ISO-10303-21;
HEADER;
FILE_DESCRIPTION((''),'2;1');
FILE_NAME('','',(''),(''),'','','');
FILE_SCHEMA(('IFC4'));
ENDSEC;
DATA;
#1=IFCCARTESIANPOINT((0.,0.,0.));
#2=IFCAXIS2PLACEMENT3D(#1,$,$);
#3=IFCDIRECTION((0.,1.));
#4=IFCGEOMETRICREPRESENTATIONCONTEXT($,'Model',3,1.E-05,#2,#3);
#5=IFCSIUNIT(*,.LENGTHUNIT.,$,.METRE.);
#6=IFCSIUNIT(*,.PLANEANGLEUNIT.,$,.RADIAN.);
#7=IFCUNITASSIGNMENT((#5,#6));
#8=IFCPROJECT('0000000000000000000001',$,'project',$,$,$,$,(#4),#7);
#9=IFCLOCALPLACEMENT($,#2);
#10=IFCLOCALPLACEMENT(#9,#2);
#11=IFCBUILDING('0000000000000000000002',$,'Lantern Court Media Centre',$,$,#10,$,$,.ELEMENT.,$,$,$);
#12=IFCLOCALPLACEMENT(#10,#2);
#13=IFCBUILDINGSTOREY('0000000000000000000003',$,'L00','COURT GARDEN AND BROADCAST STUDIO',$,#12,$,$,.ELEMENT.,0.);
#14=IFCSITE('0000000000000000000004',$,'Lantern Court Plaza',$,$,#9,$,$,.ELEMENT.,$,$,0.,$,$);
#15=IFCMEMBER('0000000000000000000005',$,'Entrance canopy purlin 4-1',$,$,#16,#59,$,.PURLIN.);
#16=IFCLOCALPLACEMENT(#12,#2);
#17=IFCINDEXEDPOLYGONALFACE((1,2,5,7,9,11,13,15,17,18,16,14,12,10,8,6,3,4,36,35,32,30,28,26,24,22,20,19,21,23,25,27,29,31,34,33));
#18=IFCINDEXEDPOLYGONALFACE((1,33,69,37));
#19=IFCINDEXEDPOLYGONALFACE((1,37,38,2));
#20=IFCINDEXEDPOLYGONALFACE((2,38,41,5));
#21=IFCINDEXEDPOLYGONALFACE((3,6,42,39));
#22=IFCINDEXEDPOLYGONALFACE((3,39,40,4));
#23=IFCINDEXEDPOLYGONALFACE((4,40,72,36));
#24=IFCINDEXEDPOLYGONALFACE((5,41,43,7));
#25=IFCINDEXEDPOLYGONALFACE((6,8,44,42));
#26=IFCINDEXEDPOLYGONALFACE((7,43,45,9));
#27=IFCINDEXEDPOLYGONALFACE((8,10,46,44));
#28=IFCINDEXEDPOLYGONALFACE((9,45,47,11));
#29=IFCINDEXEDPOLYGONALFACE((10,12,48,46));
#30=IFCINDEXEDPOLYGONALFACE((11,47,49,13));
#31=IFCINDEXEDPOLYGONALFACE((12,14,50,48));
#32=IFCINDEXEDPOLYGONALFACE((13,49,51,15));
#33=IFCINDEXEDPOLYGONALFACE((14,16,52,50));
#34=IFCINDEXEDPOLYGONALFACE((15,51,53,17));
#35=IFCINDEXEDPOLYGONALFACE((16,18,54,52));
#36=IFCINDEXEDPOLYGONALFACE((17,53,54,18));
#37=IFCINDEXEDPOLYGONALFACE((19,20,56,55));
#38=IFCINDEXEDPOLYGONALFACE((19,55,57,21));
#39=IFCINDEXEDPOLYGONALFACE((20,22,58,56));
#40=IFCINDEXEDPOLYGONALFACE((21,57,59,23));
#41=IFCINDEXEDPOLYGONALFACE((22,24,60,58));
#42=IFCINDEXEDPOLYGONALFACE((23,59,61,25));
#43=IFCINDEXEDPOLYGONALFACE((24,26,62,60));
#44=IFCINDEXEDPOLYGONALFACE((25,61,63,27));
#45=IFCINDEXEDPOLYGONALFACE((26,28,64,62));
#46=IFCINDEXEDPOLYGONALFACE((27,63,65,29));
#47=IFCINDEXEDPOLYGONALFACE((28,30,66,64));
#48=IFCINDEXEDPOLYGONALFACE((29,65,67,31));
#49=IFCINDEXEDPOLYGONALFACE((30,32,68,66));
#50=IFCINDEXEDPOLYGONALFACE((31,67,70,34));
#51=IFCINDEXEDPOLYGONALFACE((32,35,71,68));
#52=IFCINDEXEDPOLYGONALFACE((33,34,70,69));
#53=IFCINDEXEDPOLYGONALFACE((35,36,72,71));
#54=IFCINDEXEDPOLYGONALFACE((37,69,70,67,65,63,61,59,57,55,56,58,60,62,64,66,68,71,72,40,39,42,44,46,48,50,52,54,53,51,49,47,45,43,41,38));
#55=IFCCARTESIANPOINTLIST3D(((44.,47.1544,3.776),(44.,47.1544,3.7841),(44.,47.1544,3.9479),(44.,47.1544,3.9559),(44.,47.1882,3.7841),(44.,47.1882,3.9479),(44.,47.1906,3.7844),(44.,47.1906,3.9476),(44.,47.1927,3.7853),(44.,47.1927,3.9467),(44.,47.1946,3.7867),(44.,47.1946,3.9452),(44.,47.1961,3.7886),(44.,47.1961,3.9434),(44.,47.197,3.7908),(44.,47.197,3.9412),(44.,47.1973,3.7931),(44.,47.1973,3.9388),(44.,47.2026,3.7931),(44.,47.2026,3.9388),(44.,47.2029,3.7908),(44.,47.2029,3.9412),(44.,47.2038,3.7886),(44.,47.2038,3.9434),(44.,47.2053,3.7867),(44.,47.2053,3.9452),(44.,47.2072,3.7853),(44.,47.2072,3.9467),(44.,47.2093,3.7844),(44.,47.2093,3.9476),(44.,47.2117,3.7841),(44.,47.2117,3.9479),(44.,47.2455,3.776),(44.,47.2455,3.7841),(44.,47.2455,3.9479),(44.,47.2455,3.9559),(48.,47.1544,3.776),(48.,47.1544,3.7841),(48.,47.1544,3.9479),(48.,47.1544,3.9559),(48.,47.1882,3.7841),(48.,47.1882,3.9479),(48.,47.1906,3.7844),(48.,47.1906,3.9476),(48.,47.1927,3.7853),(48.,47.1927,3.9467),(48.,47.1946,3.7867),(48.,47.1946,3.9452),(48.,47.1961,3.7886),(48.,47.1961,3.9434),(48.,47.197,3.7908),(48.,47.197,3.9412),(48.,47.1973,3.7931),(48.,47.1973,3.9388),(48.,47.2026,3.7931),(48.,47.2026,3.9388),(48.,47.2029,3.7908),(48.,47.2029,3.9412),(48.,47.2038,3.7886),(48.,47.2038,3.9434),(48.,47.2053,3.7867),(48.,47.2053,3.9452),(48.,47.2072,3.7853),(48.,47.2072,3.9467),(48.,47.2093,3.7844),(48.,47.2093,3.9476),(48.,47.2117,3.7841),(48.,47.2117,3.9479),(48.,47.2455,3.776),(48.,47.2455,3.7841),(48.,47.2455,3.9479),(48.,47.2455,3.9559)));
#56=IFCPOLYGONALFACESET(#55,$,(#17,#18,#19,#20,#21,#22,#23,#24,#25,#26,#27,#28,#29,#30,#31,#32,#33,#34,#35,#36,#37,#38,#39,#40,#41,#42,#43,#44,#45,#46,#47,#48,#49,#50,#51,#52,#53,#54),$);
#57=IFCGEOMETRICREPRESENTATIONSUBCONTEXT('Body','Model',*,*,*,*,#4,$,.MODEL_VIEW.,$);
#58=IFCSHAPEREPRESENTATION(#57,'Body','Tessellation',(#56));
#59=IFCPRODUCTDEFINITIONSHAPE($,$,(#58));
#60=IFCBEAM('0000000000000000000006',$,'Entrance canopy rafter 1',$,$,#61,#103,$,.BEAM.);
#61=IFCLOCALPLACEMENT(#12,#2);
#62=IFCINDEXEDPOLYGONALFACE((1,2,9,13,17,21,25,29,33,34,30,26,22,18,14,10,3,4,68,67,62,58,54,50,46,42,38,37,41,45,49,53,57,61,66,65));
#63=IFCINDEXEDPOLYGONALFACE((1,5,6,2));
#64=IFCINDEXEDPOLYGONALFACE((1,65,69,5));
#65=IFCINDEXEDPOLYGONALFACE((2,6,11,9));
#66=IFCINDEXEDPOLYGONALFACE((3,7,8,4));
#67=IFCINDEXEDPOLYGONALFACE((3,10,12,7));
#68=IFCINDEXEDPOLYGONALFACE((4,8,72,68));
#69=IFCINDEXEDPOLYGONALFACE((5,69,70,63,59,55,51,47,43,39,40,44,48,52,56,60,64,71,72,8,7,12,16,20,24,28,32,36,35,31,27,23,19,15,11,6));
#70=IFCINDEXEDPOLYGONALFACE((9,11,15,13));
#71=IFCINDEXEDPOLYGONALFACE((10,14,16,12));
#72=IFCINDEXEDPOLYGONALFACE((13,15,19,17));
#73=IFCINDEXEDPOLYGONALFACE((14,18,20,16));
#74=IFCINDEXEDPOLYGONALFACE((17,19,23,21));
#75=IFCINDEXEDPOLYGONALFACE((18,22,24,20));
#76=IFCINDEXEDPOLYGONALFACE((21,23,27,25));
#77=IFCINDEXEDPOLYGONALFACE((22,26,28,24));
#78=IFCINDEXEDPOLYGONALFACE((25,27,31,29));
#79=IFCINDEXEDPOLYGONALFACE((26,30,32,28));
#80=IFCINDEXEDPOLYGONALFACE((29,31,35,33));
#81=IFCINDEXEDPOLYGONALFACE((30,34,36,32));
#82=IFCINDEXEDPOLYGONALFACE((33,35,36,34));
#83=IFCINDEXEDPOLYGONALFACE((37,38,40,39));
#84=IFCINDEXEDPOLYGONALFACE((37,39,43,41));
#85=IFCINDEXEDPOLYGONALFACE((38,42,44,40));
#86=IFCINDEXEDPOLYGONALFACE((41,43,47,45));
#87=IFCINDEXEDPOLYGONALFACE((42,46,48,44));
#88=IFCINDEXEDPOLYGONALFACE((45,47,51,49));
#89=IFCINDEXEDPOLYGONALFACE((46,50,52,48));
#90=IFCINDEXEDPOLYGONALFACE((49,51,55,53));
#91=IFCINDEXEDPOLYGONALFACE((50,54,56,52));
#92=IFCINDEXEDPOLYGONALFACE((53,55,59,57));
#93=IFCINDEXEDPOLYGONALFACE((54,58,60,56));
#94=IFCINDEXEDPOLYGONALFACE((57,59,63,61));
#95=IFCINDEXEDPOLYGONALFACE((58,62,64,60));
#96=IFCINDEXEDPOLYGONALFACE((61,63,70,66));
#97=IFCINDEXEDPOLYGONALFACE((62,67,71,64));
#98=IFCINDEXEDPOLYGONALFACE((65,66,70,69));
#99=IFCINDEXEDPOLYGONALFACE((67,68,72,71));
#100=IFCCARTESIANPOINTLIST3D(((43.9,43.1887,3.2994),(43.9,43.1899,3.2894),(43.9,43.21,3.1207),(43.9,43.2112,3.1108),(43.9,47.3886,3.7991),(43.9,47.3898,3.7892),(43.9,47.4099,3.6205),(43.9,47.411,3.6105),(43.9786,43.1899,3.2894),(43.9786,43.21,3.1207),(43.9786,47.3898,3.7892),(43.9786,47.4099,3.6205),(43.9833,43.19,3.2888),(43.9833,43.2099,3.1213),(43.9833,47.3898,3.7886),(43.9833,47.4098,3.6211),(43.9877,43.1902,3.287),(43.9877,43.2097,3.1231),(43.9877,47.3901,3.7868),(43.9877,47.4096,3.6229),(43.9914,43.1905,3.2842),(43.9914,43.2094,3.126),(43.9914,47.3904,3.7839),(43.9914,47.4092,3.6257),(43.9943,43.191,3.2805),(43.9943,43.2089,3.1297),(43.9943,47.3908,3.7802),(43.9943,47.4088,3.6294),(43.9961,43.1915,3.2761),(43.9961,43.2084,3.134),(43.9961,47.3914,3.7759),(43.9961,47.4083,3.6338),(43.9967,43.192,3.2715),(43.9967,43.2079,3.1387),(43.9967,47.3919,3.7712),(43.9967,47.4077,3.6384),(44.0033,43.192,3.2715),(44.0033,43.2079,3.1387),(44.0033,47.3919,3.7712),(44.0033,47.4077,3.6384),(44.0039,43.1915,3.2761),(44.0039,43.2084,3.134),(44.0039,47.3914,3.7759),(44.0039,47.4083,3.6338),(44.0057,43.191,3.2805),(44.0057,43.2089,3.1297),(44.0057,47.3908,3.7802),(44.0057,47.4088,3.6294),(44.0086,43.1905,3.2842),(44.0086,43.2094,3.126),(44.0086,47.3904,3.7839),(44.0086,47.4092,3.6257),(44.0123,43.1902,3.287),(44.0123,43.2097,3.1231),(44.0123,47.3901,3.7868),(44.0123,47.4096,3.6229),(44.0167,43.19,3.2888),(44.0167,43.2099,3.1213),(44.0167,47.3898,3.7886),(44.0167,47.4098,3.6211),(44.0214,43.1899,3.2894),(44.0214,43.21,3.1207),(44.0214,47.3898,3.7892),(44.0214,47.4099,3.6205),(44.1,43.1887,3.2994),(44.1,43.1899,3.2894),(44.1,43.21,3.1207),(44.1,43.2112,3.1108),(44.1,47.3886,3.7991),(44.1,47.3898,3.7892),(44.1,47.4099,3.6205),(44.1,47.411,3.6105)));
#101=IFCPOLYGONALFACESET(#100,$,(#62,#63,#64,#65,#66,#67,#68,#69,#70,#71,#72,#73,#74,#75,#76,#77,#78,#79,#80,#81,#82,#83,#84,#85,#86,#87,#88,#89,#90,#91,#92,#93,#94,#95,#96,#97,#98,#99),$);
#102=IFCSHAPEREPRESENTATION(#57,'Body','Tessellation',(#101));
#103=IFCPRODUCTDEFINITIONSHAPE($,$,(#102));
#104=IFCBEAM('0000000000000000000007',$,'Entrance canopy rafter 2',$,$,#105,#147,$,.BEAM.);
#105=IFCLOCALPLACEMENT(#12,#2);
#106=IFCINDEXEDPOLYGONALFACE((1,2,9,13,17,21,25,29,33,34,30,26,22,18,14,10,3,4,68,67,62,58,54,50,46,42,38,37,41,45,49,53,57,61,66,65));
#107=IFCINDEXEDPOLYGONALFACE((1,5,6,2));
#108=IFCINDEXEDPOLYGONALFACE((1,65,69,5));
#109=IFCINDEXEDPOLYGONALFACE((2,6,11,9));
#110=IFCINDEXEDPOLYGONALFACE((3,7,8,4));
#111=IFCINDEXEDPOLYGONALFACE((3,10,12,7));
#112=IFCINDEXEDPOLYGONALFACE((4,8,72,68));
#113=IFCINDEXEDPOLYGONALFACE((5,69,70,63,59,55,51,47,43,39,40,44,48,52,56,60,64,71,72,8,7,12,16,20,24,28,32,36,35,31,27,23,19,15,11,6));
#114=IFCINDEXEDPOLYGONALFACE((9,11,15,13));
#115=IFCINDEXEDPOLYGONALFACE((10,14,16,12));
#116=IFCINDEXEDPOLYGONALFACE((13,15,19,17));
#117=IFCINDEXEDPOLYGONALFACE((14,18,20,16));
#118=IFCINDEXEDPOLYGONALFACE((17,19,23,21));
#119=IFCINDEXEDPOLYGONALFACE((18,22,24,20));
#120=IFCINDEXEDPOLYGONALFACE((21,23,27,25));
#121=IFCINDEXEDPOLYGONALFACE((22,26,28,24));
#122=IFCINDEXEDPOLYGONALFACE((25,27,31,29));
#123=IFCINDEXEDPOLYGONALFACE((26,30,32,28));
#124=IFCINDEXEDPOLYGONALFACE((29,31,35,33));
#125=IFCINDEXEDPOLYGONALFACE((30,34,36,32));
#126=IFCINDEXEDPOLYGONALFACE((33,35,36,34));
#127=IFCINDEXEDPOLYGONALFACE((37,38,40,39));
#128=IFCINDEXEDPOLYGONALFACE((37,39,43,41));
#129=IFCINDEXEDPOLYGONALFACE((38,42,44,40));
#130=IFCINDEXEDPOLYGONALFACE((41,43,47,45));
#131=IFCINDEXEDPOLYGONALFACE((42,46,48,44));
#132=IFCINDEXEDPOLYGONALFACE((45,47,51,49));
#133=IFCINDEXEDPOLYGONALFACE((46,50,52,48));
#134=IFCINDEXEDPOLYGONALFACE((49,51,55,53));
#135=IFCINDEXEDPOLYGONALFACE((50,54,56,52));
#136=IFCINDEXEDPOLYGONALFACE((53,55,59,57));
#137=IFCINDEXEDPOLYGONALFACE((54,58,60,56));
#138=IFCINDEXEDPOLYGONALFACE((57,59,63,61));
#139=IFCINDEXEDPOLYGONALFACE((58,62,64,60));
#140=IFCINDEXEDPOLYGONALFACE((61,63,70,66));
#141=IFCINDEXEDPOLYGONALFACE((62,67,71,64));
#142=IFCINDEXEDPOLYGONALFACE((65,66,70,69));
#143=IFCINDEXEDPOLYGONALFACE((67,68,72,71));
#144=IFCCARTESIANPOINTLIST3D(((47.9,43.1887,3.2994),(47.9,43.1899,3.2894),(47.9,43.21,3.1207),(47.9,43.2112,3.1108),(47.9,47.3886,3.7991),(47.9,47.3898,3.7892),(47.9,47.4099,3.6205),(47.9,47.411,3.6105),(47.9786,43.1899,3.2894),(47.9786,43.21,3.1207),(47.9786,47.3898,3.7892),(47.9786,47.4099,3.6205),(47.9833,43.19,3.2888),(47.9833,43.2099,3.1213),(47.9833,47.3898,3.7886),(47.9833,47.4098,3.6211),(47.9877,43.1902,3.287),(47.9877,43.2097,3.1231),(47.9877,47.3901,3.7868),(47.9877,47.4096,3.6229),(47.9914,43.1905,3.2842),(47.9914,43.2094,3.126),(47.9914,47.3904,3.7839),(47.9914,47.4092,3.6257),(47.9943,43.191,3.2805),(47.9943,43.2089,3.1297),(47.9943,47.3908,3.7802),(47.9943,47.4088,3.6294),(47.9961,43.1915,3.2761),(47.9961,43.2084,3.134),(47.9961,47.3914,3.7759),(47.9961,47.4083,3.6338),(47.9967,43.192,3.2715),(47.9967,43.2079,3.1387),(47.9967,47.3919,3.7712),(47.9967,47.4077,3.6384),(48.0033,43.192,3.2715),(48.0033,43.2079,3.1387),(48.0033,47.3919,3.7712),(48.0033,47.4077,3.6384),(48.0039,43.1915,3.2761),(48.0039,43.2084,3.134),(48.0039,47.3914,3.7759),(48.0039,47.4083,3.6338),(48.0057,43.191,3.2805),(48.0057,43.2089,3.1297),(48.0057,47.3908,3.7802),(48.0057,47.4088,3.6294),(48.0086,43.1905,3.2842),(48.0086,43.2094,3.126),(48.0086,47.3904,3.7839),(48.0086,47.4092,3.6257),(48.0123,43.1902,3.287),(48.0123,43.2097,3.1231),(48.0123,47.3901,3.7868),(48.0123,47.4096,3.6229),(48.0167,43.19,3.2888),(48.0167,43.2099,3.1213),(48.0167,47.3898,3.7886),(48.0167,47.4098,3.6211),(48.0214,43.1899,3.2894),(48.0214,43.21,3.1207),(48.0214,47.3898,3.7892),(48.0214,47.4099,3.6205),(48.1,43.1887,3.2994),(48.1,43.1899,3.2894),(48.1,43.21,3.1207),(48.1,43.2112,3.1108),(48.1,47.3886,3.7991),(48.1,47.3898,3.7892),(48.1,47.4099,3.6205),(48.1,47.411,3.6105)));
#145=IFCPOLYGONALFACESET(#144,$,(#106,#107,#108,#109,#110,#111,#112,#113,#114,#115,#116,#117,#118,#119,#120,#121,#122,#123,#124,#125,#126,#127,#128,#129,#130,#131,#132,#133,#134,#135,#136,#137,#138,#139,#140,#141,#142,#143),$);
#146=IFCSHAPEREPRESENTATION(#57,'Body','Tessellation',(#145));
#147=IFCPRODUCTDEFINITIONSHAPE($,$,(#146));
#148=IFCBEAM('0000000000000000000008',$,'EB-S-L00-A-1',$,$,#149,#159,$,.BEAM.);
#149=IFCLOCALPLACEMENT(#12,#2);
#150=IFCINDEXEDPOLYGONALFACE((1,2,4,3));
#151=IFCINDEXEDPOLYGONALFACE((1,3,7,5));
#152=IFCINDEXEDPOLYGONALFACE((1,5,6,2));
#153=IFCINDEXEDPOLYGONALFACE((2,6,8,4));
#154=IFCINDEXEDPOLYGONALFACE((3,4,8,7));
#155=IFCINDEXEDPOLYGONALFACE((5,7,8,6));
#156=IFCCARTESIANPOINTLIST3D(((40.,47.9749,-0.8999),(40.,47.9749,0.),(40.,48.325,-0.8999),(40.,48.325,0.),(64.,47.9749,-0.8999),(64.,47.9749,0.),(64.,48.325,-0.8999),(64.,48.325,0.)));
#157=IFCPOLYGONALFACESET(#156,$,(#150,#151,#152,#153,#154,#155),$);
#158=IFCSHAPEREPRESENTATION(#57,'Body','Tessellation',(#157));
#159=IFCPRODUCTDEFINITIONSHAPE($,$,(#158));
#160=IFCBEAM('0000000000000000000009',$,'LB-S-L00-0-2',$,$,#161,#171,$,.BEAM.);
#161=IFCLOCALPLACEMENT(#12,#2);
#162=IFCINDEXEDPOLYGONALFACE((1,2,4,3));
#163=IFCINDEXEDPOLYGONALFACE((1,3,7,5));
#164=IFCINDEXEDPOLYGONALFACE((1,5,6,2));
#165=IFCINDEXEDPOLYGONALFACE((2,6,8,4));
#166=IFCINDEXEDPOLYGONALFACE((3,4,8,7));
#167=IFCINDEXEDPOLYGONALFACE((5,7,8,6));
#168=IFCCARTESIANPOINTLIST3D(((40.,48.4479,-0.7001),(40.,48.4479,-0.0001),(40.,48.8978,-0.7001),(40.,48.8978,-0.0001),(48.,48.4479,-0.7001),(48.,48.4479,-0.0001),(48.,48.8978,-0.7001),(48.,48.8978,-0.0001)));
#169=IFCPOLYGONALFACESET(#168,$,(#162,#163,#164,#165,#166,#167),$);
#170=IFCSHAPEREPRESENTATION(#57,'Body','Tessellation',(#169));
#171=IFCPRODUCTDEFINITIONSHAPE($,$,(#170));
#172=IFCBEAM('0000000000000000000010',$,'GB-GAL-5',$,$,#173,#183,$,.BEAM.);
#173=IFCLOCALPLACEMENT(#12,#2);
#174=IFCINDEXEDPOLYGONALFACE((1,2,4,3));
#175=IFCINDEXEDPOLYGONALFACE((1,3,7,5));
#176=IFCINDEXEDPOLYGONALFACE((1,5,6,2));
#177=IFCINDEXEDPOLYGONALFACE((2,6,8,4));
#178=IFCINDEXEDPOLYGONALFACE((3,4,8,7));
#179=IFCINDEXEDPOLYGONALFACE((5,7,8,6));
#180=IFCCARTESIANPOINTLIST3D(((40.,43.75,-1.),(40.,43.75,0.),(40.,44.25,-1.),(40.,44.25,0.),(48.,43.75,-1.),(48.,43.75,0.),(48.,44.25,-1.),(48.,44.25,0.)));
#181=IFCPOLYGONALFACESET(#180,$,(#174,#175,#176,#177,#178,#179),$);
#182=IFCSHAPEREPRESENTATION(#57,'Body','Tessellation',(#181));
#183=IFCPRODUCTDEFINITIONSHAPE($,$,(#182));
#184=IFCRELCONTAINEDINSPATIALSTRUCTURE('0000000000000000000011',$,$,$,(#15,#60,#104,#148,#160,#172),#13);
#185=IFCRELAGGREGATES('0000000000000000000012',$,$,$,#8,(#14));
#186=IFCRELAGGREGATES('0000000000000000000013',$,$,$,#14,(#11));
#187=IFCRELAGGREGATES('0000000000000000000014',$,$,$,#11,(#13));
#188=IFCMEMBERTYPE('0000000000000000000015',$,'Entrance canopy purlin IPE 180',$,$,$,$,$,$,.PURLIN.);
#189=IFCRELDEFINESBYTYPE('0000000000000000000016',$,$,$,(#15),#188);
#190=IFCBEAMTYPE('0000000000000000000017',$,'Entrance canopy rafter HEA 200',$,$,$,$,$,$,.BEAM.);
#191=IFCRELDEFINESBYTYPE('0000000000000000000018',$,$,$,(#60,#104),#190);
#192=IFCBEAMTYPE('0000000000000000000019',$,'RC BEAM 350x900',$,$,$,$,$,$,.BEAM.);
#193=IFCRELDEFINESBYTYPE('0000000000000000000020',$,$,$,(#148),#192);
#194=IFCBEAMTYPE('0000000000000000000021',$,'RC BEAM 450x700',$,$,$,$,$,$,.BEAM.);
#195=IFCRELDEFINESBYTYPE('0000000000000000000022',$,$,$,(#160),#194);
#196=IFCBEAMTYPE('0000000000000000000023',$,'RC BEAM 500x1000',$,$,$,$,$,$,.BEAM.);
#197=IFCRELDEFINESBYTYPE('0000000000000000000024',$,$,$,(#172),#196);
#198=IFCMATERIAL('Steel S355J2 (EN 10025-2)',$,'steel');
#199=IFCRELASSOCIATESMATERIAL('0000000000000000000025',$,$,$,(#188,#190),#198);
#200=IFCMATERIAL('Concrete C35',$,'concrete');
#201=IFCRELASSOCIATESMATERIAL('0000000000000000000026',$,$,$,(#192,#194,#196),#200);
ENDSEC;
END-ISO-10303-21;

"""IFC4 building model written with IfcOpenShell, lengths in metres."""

from ifc_helpers import new_model, si_unit, direction, frame, origin, origin_2d, place, context, subcontext, project, spatial, rectangle, i_section, extrude, material, material_profile, profile_set, type_object, element, save


model = new_model("IFC4")

# Units and contexts
model_context = context("Model", 3, precision=1e-05, world=origin(), true_north=direction((0.0, 1.0)))
body_context = subcontext(model_context, "Body", "Model", "MODEL_VIEW")
ifc_project = project(units=[si_unit("LENGTHUNIT", "METRE"), si_unit("PLANEANGLEUNIT", "RADIAN")], contexts=[model_context])

# Site, building, storey
site_placement = place(None, origin())
site = spatial("IfcSite", under=ifc_project, at=site_placement, Name="Lantern Court Plaza", CompositionType="ELEMENT", RefElevation=0.0)
building_placement = place(site_placement, origin())
building = spatial("IfcBuilding", under=site, at=building_placement, Name="Lantern Court Media Centre", CompositionType="ELEMENT")
storey_placement = place(building_placement, origin())
storey = spatial("IfcBuildingStorey", under=building, at=storey_placement, Name="L00", Description="COURT GARDEN AND BROADCAST STUDIO", CompositionType="ELEMENT", Elevation=0.0)

# Shared definitions
ifc_material_1 = material(Name="Steel S355J2 (EN 10025-2)", Category="steel")
ifc_material_2 = material(Name="Concrete C35", Category="concrete")

# Member
ifc_material_profile_1 = material_profile(ifc_material_1, i_section(OverallWidth=0.0911, OverallDepth=0.1799, WebThickness=0.0054, FlangeThickness=0.0081, FilletRadius=0.009, at=origin_2d()), Name="IPE 180")
ifc_profile_set_1 = profile_set([ifc_material_profile_1], Name="Steel S355J2 (EN 10025-2)")
member_type_1 = type_object("IfcMemberType", Name="Entrance canopy purlin IPE 180", PredefinedType="PURLIN", material=ifc_profile_set_1)
for number, where, z_axis, x_axis, name in (
    (1, (44.0, 47.2, 3.866), (1.0, 0.0, 0.0), (0.0, 1.0, 0.0), "Entrance canopy purlin 4-1"),
):
    element("IfcMember", number, at=place(storey_placement, frame(where, z_axis=z_axis, x_axis=x_axis)), inside=storey, type_object=member_type_1, Name=name, PredefinedType="PURLIN", context=body_context, shape_type="SweptSolid", body=[
        extrude(i_section(OverallWidth=0.0911, OverallDepth=0.1799, WebThickness=0.0054, FlangeThickness=0.0081, FilletRadius=0.009, at=origin_2d()), origin(), (0.0, 0.0, 1.0), 4.0),
    ])

# Beams
ifc_material_profile_2 = material_profile(ifc_material_1, i_section(OverallWidth=0.2, OverallDepth=0.1899, WebThickness=0.0066, FlangeThickness=0.01, FilletRadius=0.0181, at=origin_2d()), Name="HEA 200")
ifc_profile_set_2 = profile_set([ifc_material_profile_2], Name="Steel S355J2 (EN 10025-2)")
beam_type_1 = type_object("IfcBeamType", Name="Entrance canopy rafter HEA 200", PredefinedType="BEAM", material=ifc_profile_set_2)
for number, where, z_axis, x_axis, name in (
    (2, (44.0, 43.2, 3.2051), (0.0, 0.992995, 0.118157), (-1.0, 0.0, 0.0), "Entrance canopy rafter 1"),
    (3, (48.0, 43.2, 3.2051), (0.0, 0.992995, 0.118157), (-1.0, 0.0, 0.0), "Entrance canopy rafter 2"),
):
    element("IfcBeam", number, at=place(storey_placement, frame(where, z_axis=z_axis, x_axis=x_axis)), inside=storey, type_object=beam_type_1, Name=name, PredefinedType="BEAM", context=body_context, shape_type="SweptSolid", body=[
        extrude(i_section(OverallWidth=0.2, OverallDepth=0.1899, WebThickness=0.0066, FlangeThickness=0.01, FilletRadius=0.0181, at=origin_2d()), origin(), (0.0, 0.0, 1.0), 4.2295),
    ])
ifc_material_profile_3 = material_profile(ifc_material_2, rectangle(XDim=0.3501, YDim=0.8999, at=origin_2d()), Name="RC 350x900")
ifc_profile_set_3 = profile_set([ifc_material_profile_3], Name="Concrete C35")
beam_type_2 = type_object("IfcBeamType", Name="RC BEAM 350x900", PredefinedType="BEAM", material=ifc_profile_set_3)
beam_1_placement = place(storey_placement, frame((40.0, 48.1499, -0.45), z_axis=(1.0, 0.0, 0.0), x_axis=(0.0, 1.0, 0.0)))
element("IfcBeam", 4, at=beam_1_placement, inside=storey, type_object=beam_type_2, Name="EB-S-L00-A-1", PredefinedType="BEAM", context=body_context, shape_type="SweptSolid", body=[
    extrude(rectangle(XDim=0.3501, YDim=0.8999, at=origin_2d()), origin(), (0.0, 0.0, 1.0), 24.0),
])
ifc_material_profile_4 = material_profile(ifc_material_2, rectangle(XDim=0.45, YDim=0.7, at=origin_2d()), Name="RC 450x700")
ifc_profile_set_4 = profile_set([ifc_material_profile_4], Name="Concrete C35")
beam_type_3 = type_object("IfcBeamType", Name="RC BEAM 450x700", PredefinedType="BEAM", material=ifc_profile_set_4)
beam_2_placement = place(storey_placement, frame((40.0, 48.6729, -0.3501), z_axis=(1.0, 0.0, 0.0), x_axis=(0.0, 1.0, 0.0)))
element("IfcBeam", 5, at=beam_2_placement, inside=storey, type_object=beam_type_3, Name="LB-S-L00-0-2", PredefinedType="BEAM", context=body_context, shape_type="SweptSolid", body=[
    extrude(rectangle(XDim=0.45, YDim=0.7, at=origin_2d()), origin(), (0.0, 0.0, 1.0), 8.0),
])
ifc_material_profile_5 = material_profile(ifc_material_2, rectangle(XDim=0.5, YDim=1.0, at=origin_2d()), Name="RC 500x1000")
ifc_profile_set_5 = profile_set([ifc_material_profile_5], Name="Concrete C35")
beam_type_4 = type_object("IfcBeamType", Name="RC BEAM 500x1000", PredefinedType="BEAM", material=ifc_profile_set_5)
for number, where, z_axis, x_axis, name in (
    (6, (40.0, 44.0, -0.5), (1.0, 0.0, 0.0), (0.0, 1.0, 0.0), "GB-GAL-5"),
):
    element("IfcBeam", number, at=place(storey_placement, frame(where, z_axis=z_axis, x_axis=x_axis)), inside=storey, type_object=beam_type_4, Name=name, PredefinedType="BEAM", context=body_context, shape_type="SweptSolid", body=[
        extrude(rectangle(XDim=0.5, YDim=1.0, at=origin_2d()), origin(), (0.0, 0.0, 1.0), 8.0),
    ])

save(model, "model.ifc")
